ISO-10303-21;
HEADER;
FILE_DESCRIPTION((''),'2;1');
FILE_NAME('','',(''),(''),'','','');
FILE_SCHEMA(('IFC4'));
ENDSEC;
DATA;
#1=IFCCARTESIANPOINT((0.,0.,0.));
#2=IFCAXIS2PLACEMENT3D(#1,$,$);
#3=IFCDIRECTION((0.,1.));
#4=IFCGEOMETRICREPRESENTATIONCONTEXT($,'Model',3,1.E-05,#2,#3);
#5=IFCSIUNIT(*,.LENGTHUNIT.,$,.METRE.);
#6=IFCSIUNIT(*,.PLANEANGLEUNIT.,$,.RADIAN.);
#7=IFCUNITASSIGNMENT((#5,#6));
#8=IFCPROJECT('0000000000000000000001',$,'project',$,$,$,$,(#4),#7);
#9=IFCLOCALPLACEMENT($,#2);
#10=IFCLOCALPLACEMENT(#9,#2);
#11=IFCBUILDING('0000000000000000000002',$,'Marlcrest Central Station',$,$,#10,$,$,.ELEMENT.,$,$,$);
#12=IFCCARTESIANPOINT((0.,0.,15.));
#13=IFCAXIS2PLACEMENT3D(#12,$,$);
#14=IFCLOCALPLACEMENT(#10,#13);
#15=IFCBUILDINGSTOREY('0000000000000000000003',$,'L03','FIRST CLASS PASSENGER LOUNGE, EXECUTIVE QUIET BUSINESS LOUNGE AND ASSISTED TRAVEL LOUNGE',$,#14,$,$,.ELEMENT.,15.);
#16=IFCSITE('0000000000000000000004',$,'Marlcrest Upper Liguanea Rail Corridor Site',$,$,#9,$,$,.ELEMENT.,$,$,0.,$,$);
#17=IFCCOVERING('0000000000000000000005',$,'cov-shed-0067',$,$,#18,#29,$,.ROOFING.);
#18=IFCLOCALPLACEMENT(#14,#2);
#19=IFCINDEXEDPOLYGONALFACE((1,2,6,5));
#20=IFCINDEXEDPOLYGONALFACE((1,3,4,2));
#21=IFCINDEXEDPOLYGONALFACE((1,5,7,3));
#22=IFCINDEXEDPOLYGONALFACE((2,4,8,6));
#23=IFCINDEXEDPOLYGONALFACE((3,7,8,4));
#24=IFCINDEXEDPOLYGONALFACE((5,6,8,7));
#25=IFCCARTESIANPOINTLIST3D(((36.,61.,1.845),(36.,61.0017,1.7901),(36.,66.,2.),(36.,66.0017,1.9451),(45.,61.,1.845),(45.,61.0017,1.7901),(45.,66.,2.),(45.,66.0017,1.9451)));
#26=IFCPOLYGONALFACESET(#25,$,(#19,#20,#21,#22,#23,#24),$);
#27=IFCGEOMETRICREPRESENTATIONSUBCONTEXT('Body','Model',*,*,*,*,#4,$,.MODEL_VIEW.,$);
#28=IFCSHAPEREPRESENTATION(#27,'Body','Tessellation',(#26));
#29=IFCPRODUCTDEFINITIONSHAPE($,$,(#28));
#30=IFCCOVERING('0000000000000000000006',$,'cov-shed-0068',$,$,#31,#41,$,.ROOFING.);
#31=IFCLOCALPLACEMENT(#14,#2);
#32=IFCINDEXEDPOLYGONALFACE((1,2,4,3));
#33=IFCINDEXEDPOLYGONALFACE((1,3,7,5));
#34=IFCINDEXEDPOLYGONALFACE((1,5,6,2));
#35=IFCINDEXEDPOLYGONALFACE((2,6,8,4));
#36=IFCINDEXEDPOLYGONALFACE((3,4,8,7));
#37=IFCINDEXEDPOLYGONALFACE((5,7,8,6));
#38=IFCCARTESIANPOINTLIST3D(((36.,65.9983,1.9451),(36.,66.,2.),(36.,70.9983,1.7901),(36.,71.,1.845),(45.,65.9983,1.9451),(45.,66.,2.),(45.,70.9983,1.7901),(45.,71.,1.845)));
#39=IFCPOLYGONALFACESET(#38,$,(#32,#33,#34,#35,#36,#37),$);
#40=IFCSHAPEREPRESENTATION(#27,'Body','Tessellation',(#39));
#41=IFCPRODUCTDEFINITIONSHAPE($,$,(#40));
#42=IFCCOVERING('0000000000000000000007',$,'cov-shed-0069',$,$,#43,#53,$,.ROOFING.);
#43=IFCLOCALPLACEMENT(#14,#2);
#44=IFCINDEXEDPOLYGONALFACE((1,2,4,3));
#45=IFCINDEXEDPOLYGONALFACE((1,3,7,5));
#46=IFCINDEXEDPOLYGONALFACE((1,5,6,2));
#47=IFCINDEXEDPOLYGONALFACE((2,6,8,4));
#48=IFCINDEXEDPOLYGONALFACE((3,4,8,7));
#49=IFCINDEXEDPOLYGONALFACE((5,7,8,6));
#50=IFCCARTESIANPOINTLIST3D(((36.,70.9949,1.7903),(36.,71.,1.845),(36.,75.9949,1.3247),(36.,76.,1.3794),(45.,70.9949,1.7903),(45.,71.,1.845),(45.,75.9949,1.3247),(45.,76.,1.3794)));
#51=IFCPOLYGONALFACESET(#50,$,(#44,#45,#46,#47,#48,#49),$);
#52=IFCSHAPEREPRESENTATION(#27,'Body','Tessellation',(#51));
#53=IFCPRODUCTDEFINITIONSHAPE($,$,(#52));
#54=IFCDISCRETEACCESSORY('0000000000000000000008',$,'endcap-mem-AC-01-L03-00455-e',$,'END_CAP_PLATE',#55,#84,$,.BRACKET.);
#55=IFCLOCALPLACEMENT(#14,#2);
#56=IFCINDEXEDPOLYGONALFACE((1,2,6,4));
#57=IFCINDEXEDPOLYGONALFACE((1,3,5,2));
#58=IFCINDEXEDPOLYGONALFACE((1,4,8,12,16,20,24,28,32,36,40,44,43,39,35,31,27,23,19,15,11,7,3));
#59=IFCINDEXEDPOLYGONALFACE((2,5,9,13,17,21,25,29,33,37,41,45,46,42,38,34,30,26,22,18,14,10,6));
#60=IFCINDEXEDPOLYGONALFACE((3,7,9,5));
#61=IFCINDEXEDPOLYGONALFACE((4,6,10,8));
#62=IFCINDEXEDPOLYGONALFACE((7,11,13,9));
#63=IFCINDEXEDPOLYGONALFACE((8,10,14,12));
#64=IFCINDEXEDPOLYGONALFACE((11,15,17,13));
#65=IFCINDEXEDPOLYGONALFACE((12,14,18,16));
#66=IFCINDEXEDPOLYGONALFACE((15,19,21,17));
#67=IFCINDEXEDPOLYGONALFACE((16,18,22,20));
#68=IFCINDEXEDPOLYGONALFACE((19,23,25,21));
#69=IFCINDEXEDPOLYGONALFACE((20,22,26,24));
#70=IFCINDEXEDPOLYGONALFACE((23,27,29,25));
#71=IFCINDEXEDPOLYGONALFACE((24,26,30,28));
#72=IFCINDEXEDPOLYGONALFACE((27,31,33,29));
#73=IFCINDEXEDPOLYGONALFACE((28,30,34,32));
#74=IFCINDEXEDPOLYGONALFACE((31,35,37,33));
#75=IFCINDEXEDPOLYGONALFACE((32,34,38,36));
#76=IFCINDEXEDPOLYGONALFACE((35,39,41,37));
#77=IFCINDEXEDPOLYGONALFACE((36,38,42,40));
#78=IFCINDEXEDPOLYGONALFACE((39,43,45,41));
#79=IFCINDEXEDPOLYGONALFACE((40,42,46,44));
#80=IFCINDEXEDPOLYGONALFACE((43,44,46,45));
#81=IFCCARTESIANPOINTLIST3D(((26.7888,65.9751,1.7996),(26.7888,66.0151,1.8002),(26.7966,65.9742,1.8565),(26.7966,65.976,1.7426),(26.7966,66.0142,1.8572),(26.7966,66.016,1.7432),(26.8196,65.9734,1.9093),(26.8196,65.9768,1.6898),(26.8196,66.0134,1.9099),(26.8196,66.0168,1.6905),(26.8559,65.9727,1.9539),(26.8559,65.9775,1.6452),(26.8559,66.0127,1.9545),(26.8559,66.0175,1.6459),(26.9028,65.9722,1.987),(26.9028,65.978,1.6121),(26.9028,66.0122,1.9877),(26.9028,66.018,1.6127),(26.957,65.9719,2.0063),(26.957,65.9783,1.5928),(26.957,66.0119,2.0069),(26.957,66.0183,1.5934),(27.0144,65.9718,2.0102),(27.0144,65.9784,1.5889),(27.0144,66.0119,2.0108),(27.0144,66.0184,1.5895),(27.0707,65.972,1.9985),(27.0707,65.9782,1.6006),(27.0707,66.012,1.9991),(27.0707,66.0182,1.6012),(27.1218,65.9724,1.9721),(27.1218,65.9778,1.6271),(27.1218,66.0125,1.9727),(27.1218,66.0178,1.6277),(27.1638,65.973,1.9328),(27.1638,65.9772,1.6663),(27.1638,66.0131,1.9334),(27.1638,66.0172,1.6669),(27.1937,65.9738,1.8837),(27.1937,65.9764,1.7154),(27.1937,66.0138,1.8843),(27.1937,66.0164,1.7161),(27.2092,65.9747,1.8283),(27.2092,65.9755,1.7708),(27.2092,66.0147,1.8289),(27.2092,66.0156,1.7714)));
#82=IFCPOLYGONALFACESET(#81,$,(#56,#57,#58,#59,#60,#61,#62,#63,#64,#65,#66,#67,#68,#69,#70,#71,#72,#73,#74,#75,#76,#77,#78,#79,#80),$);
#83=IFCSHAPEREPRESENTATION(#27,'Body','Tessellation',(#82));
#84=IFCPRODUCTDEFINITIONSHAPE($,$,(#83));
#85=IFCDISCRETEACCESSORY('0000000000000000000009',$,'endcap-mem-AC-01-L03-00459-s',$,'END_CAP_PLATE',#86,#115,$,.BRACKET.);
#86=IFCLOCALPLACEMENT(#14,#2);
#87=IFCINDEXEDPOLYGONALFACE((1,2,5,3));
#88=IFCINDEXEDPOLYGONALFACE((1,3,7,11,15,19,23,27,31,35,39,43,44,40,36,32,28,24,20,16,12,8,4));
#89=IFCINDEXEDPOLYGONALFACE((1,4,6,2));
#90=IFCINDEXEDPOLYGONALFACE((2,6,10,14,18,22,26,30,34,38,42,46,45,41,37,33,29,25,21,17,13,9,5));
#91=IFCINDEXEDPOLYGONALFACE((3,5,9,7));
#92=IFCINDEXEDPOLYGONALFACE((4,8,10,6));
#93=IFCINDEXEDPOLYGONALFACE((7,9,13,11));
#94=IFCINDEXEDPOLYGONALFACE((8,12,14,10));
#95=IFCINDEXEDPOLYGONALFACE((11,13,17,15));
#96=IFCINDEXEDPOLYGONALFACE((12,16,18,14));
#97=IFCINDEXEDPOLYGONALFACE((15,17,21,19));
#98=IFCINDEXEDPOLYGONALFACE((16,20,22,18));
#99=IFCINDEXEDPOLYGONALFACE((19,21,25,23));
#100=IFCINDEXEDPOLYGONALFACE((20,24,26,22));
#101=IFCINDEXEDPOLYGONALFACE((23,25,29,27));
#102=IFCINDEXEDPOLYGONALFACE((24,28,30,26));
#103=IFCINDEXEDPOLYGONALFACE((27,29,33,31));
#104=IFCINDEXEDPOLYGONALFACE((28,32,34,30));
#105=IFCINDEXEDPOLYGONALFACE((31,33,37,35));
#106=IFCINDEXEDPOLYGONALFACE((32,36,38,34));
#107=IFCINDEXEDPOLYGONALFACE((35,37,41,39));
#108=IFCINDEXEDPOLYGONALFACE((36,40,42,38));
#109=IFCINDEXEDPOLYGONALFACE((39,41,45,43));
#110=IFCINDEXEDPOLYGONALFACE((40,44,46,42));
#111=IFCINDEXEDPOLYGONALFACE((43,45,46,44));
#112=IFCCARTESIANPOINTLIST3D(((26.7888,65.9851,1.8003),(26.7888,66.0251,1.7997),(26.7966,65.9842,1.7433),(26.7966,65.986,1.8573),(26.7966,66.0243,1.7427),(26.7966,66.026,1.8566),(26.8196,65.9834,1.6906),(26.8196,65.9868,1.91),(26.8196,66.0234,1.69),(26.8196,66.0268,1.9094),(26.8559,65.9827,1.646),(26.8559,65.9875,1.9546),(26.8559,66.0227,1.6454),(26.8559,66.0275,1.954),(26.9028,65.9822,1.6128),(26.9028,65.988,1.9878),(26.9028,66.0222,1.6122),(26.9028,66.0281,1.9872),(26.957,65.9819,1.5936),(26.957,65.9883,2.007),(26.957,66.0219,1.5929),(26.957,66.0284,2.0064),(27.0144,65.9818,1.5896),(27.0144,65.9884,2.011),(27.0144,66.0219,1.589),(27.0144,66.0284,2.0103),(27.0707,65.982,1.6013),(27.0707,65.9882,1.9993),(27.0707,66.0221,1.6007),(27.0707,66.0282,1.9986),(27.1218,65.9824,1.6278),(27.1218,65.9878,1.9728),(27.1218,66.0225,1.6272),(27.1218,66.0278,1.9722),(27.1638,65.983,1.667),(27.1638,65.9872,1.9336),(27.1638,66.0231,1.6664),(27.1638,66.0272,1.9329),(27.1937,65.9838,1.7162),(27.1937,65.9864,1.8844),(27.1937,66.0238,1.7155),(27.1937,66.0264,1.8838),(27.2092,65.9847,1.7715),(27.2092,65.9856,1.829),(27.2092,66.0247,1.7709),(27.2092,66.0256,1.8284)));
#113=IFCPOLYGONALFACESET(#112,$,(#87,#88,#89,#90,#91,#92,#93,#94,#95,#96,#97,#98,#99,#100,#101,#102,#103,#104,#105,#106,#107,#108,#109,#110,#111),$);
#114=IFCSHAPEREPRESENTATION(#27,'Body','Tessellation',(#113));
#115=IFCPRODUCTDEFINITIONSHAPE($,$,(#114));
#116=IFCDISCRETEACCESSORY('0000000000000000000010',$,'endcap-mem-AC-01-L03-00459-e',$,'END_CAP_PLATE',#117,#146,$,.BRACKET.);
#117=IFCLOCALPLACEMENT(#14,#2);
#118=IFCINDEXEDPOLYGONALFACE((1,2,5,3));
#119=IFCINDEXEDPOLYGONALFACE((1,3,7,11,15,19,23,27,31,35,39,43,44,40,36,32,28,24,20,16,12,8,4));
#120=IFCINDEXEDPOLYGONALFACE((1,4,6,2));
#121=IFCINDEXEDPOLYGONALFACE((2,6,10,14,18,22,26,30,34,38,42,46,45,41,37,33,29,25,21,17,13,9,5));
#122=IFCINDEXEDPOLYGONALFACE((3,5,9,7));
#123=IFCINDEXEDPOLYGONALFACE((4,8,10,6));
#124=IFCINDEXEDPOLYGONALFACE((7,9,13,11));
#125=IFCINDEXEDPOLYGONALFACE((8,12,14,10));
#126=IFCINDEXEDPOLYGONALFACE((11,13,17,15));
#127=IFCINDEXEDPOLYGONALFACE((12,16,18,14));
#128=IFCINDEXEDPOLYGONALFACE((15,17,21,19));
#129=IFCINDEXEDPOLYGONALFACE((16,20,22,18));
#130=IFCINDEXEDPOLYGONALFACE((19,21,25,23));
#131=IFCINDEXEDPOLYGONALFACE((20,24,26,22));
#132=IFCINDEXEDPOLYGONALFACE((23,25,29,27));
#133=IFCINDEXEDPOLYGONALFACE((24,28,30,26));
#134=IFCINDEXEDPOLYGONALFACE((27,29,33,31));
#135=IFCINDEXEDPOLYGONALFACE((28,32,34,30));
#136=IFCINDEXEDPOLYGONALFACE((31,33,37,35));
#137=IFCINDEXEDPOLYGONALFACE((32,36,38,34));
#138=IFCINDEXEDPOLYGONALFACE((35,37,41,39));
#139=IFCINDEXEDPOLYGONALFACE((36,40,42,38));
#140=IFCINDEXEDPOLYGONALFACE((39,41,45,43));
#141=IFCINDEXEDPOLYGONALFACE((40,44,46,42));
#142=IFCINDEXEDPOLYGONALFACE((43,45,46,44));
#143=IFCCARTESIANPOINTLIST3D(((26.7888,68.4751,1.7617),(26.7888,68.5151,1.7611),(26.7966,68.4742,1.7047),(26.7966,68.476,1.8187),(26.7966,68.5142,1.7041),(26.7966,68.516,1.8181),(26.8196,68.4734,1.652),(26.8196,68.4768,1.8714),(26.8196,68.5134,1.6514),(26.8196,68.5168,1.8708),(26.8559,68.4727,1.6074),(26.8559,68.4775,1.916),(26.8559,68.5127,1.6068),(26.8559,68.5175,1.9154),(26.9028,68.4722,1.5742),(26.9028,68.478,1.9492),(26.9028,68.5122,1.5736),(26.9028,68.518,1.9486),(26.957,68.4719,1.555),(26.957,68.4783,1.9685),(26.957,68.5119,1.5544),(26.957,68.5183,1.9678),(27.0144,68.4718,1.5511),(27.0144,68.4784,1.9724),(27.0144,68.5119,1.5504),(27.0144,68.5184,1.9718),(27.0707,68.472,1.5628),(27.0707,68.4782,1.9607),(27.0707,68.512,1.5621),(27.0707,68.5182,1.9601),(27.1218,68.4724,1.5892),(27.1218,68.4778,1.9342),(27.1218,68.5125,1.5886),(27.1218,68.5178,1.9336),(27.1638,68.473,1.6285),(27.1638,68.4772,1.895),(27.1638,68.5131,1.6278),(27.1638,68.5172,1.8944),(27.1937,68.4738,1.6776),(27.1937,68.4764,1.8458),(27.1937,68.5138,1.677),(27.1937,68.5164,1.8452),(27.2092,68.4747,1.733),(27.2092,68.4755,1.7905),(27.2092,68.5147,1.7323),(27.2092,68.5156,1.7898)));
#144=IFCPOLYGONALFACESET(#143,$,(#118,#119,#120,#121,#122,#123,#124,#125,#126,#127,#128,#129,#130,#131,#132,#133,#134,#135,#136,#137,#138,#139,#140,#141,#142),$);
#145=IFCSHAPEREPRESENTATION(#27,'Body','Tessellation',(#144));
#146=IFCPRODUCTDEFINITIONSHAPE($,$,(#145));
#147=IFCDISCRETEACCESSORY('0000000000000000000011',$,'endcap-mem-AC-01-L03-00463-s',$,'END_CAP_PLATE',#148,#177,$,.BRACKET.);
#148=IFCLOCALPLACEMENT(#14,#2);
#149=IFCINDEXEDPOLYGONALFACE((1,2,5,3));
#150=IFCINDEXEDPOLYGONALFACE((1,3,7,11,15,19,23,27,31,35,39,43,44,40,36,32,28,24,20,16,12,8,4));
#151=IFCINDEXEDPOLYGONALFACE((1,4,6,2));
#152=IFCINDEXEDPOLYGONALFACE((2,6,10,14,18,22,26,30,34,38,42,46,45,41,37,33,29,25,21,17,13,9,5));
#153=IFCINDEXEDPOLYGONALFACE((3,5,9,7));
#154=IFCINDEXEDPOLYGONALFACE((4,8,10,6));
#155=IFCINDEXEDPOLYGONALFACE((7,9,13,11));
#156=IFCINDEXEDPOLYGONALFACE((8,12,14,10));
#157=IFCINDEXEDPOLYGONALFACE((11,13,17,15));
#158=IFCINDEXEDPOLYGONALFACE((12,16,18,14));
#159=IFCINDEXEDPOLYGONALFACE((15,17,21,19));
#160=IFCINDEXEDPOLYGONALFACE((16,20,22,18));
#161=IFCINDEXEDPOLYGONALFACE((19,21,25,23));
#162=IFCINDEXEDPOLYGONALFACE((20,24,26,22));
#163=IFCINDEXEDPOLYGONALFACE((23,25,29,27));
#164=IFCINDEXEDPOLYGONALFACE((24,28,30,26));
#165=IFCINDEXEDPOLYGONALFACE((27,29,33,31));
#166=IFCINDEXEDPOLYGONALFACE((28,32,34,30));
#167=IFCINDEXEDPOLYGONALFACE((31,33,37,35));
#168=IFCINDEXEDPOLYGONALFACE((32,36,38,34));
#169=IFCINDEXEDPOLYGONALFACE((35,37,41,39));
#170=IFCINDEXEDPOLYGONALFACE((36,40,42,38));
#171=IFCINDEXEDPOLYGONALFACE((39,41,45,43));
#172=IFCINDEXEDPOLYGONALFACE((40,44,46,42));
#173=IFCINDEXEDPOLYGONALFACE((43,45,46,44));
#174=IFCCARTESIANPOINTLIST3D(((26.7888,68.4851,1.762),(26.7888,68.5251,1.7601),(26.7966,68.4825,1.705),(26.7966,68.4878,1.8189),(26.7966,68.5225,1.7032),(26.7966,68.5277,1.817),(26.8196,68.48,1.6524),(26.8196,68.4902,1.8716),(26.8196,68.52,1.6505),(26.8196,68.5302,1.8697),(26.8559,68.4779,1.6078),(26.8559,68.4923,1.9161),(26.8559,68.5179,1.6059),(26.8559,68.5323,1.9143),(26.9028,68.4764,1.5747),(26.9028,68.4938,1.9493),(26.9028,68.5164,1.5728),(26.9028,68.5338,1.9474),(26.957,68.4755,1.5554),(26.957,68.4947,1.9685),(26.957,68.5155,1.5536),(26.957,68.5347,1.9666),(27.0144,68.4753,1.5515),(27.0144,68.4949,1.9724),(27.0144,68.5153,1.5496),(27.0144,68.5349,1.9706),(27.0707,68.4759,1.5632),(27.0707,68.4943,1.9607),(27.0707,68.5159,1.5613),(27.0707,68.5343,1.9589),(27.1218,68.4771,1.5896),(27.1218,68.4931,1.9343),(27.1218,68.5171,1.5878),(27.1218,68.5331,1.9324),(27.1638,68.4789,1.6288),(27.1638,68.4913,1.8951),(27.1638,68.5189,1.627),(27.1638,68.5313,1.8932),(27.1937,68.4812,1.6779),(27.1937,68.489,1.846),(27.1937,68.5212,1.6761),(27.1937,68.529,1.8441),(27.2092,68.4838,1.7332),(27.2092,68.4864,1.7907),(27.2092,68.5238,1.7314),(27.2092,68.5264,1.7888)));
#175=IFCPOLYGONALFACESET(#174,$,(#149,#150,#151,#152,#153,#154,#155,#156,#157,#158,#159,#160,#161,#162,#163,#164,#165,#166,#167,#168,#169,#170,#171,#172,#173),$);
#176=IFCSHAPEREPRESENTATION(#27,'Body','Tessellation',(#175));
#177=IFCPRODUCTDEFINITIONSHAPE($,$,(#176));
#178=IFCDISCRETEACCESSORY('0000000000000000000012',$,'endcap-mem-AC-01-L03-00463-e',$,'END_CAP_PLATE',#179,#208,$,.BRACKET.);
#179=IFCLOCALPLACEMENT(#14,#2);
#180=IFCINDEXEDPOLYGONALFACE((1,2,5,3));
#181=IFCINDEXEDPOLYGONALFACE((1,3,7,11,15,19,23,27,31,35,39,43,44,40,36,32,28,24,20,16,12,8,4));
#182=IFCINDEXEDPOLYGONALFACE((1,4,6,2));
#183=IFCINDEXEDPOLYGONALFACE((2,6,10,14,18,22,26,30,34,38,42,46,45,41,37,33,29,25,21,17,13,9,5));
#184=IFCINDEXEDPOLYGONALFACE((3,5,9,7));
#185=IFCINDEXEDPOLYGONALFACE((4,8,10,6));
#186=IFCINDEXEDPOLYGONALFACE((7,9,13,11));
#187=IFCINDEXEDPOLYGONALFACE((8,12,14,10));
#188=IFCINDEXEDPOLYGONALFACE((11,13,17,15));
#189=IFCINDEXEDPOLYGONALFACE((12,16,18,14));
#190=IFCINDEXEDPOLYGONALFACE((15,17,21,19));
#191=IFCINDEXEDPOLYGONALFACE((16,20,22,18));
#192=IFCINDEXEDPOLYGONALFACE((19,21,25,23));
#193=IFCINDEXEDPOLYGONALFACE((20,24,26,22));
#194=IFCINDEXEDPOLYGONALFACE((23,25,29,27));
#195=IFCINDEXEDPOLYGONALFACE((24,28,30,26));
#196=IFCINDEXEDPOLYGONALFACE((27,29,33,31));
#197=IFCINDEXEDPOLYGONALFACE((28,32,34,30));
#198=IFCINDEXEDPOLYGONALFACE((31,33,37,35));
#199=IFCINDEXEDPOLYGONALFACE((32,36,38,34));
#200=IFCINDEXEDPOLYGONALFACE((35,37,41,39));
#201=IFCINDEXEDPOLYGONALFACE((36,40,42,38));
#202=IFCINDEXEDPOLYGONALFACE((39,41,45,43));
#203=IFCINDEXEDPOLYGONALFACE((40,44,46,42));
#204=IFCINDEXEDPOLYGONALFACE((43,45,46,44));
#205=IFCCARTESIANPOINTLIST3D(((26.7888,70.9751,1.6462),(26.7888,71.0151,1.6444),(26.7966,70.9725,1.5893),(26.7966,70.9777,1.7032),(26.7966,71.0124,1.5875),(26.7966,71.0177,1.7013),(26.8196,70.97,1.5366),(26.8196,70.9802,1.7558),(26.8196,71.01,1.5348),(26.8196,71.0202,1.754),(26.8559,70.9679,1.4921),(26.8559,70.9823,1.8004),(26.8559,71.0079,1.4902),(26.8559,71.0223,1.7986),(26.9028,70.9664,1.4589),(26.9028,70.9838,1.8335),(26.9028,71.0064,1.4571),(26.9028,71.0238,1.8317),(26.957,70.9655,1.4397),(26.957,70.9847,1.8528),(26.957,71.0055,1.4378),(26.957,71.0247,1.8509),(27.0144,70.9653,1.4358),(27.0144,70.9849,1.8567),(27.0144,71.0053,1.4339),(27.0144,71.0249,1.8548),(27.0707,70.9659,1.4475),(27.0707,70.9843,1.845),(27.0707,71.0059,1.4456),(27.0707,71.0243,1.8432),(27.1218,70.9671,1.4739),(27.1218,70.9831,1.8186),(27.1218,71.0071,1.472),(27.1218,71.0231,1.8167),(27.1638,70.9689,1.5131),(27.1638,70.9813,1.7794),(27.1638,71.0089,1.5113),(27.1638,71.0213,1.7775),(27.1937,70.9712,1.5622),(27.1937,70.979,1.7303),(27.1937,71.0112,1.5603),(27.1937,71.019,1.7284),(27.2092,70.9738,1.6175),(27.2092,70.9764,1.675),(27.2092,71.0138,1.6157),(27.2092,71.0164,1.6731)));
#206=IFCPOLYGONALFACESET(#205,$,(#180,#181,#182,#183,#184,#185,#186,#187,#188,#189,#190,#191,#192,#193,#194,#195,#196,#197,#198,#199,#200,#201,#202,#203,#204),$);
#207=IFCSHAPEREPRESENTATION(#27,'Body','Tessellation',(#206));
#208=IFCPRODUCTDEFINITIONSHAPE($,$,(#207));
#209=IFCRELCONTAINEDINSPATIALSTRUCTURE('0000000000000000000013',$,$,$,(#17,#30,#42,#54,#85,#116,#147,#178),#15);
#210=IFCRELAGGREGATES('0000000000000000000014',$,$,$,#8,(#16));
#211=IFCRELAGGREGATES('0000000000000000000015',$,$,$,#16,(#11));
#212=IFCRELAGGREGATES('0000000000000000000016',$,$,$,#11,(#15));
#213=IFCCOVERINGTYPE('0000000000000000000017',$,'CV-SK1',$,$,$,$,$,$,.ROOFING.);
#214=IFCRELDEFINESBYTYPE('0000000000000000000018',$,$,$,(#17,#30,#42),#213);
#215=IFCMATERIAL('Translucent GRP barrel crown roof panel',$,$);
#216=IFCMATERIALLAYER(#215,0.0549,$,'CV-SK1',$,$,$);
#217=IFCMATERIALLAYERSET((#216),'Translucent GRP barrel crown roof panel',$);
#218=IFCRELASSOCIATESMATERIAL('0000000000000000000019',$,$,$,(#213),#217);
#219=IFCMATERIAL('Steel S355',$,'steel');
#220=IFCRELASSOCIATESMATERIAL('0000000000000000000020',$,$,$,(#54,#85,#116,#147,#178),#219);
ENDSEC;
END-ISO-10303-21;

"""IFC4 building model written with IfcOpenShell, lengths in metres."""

from ifc_helpers import new_model, si_unit, direction, frame, origin, origin_2d, place, context, subcontext, project, spatial, polyline, circle, outline, extrude, material, layer, layer_set, type_object, element, save


model = new_model("IFC4")

# Units and contexts
model_context = context("Model", 3, precision=1e-05, world=origin(), true_north=direction((0.0, 1.0)))
body_context = subcontext(model_context, "Body", "Model", "MODEL_VIEW")
ifc_project = project(units=[si_unit("LENGTHUNIT", "METRE"), si_unit("PLANEANGLEUNIT", "RADIAN")], contexts=[model_context])

# Site, building, storey
site_placement = place(None, origin())
site = spatial("IfcSite", under=ifc_project, at=site_placement, Name="Marlcrest Upper Liguanea Rail Corridor Site", CompositionType="ELEMENT", RefElevation=0.0)
building_placement = place(site_placement, origin())
building = spatial("IfcBuilding", under=site, at=building_placement, Name="Marlcrest Central Station", CompositionType="ELEMENT")
storey_placement = place(building_placement, frame((0.0, 0.0, 15.0)))
storey = spatial("IfcBuildingStorey", under=building, at=storey_placement, Name="L03", Description="FIRST CLASS PASSENGER LOUNGE, EXECUTIVE QUIET BUSINESS LOUNGE AND ASSISTED TRAVEL LOUNGE", CompositionType="ELEMENT", Elevation=15.0)

# Shared definitions
ifc_material_1 = material(Name="Steel S355", Category="steel")

# Coverings
ifc_material_2 = material(Name="Translucent GRP barrel crown roof panel")
ifc_layer = layer(ifc_material_2, 0.0549, Name="CV-SK1")
ifc_layer_set = layer_set([ifc_layer], Name="Translucent GRP barrel crown roof panel")
covering_type = type_object("IfcCoveringType", Name="CV-SK1", PredefinedType="ROOFING", material=ifc_layer_set)
for number, where, z_axis, x_axis, name in (
    (1, (36.0, 61.0, 1.845), (0.0, -0.030991, 0.99952), (1.0, 0.0, 0.0), "cov-shed-0067"),
    (2, (36.0, 66.0, 2.0), (0.0, 0.030991, 0.99952), (1.0, 0.0, 0.0), "cov-shed-0068"),
):
    element("IfcCovering", number, at=place(storey_placement, frame(where, z_axis=z_axis, x_axis=x_axis)), inside=storey, type_object=covering_type, Name=name, PredefinedType="ROOFING", context=body_context, shape_type="SweptSolid", body=[
        extrude(outline(polyline([(0.0, 0.0), (9.0, 0.0), (9.0, 5.0024), (0.0, 5.0024), (0.0, 0.0)])), origin(), (0.0, 0.0, -1.0), 0.0549),
    ])
covering_1_placement = place(storey_placement, frame((36.0, 71.0, 1.845), z_axis=(0.0, 0.092714, 0.995693), x_axis=(1.0, 0.0, 0.0)))
element("IfcCovering", 3, at=covering_1_placement, inside=storey, type_object=covering_type, Name="cov-shed-0069", PredefinedType="ROOFING", context=body_context, shape_type="SweptSolid", body=[
    extrude(outline(polyline([(0.0, 0.0), (9.0, 0.0), (9.0, 5.0216), (0.0, 5.0216), (0.0, 0.0)])), origin(), (0.0, 0.0, -1.0), 0.0549),
])

# Discrete accessories
for number, where, z_axis, x_axis, name in (
    (4, (27.0, 65.9751, 1.7996), (0.0, 0.999879, 0.015525), (-1.0, 0.0, 0.0), "endcap-mem-AC-01-L03-00455-e"),
    (5, (27.0, 65.9851, 1.8003), (0.0, 0.999879, -0.015525), (-1.0, 0.0, 0.0), "endcap-mem-AC-01-L03-00459-s"),
    (6, (27.0, 68.4751, 1.7617), (0.0, 0.999879, -0.015525), (-1.0, 0.0, 0.0), "endcap-mem-AC-01-L03-00459-e"),
    (7, (27.0, 68.4851, 1.762), (0.0, 0.998921, -0.046434), (-1.0, 0.0, 0.0), "endcap-mem-AC-01-L03-00463-s"),
    (8, (27.0, 70.9751, 1.6462), (0.0, 0.998921, -0.046434), (-1.0, 0.0, 0.0), "endcap-mem-AC-01-L03-00463-e"),
):
    element("IfcDiscreteAccessory", number, at=place(storey_placement, frame(where, z_axis=z_axis, x_axis=x_axis)), inside=storey, material=ifc_material_1, Name=name, ObjectType="END_CAP_PLATE", PredefinedType="BRACKET", context=body_context, shape_type="SweptSolid", body=[
        extrude(circle(Radius=0.2112, at=origin_2d()), origin(), (0.0, 0.0, 1.0), 0.04),
    ])

save(model, "model.ifc")
